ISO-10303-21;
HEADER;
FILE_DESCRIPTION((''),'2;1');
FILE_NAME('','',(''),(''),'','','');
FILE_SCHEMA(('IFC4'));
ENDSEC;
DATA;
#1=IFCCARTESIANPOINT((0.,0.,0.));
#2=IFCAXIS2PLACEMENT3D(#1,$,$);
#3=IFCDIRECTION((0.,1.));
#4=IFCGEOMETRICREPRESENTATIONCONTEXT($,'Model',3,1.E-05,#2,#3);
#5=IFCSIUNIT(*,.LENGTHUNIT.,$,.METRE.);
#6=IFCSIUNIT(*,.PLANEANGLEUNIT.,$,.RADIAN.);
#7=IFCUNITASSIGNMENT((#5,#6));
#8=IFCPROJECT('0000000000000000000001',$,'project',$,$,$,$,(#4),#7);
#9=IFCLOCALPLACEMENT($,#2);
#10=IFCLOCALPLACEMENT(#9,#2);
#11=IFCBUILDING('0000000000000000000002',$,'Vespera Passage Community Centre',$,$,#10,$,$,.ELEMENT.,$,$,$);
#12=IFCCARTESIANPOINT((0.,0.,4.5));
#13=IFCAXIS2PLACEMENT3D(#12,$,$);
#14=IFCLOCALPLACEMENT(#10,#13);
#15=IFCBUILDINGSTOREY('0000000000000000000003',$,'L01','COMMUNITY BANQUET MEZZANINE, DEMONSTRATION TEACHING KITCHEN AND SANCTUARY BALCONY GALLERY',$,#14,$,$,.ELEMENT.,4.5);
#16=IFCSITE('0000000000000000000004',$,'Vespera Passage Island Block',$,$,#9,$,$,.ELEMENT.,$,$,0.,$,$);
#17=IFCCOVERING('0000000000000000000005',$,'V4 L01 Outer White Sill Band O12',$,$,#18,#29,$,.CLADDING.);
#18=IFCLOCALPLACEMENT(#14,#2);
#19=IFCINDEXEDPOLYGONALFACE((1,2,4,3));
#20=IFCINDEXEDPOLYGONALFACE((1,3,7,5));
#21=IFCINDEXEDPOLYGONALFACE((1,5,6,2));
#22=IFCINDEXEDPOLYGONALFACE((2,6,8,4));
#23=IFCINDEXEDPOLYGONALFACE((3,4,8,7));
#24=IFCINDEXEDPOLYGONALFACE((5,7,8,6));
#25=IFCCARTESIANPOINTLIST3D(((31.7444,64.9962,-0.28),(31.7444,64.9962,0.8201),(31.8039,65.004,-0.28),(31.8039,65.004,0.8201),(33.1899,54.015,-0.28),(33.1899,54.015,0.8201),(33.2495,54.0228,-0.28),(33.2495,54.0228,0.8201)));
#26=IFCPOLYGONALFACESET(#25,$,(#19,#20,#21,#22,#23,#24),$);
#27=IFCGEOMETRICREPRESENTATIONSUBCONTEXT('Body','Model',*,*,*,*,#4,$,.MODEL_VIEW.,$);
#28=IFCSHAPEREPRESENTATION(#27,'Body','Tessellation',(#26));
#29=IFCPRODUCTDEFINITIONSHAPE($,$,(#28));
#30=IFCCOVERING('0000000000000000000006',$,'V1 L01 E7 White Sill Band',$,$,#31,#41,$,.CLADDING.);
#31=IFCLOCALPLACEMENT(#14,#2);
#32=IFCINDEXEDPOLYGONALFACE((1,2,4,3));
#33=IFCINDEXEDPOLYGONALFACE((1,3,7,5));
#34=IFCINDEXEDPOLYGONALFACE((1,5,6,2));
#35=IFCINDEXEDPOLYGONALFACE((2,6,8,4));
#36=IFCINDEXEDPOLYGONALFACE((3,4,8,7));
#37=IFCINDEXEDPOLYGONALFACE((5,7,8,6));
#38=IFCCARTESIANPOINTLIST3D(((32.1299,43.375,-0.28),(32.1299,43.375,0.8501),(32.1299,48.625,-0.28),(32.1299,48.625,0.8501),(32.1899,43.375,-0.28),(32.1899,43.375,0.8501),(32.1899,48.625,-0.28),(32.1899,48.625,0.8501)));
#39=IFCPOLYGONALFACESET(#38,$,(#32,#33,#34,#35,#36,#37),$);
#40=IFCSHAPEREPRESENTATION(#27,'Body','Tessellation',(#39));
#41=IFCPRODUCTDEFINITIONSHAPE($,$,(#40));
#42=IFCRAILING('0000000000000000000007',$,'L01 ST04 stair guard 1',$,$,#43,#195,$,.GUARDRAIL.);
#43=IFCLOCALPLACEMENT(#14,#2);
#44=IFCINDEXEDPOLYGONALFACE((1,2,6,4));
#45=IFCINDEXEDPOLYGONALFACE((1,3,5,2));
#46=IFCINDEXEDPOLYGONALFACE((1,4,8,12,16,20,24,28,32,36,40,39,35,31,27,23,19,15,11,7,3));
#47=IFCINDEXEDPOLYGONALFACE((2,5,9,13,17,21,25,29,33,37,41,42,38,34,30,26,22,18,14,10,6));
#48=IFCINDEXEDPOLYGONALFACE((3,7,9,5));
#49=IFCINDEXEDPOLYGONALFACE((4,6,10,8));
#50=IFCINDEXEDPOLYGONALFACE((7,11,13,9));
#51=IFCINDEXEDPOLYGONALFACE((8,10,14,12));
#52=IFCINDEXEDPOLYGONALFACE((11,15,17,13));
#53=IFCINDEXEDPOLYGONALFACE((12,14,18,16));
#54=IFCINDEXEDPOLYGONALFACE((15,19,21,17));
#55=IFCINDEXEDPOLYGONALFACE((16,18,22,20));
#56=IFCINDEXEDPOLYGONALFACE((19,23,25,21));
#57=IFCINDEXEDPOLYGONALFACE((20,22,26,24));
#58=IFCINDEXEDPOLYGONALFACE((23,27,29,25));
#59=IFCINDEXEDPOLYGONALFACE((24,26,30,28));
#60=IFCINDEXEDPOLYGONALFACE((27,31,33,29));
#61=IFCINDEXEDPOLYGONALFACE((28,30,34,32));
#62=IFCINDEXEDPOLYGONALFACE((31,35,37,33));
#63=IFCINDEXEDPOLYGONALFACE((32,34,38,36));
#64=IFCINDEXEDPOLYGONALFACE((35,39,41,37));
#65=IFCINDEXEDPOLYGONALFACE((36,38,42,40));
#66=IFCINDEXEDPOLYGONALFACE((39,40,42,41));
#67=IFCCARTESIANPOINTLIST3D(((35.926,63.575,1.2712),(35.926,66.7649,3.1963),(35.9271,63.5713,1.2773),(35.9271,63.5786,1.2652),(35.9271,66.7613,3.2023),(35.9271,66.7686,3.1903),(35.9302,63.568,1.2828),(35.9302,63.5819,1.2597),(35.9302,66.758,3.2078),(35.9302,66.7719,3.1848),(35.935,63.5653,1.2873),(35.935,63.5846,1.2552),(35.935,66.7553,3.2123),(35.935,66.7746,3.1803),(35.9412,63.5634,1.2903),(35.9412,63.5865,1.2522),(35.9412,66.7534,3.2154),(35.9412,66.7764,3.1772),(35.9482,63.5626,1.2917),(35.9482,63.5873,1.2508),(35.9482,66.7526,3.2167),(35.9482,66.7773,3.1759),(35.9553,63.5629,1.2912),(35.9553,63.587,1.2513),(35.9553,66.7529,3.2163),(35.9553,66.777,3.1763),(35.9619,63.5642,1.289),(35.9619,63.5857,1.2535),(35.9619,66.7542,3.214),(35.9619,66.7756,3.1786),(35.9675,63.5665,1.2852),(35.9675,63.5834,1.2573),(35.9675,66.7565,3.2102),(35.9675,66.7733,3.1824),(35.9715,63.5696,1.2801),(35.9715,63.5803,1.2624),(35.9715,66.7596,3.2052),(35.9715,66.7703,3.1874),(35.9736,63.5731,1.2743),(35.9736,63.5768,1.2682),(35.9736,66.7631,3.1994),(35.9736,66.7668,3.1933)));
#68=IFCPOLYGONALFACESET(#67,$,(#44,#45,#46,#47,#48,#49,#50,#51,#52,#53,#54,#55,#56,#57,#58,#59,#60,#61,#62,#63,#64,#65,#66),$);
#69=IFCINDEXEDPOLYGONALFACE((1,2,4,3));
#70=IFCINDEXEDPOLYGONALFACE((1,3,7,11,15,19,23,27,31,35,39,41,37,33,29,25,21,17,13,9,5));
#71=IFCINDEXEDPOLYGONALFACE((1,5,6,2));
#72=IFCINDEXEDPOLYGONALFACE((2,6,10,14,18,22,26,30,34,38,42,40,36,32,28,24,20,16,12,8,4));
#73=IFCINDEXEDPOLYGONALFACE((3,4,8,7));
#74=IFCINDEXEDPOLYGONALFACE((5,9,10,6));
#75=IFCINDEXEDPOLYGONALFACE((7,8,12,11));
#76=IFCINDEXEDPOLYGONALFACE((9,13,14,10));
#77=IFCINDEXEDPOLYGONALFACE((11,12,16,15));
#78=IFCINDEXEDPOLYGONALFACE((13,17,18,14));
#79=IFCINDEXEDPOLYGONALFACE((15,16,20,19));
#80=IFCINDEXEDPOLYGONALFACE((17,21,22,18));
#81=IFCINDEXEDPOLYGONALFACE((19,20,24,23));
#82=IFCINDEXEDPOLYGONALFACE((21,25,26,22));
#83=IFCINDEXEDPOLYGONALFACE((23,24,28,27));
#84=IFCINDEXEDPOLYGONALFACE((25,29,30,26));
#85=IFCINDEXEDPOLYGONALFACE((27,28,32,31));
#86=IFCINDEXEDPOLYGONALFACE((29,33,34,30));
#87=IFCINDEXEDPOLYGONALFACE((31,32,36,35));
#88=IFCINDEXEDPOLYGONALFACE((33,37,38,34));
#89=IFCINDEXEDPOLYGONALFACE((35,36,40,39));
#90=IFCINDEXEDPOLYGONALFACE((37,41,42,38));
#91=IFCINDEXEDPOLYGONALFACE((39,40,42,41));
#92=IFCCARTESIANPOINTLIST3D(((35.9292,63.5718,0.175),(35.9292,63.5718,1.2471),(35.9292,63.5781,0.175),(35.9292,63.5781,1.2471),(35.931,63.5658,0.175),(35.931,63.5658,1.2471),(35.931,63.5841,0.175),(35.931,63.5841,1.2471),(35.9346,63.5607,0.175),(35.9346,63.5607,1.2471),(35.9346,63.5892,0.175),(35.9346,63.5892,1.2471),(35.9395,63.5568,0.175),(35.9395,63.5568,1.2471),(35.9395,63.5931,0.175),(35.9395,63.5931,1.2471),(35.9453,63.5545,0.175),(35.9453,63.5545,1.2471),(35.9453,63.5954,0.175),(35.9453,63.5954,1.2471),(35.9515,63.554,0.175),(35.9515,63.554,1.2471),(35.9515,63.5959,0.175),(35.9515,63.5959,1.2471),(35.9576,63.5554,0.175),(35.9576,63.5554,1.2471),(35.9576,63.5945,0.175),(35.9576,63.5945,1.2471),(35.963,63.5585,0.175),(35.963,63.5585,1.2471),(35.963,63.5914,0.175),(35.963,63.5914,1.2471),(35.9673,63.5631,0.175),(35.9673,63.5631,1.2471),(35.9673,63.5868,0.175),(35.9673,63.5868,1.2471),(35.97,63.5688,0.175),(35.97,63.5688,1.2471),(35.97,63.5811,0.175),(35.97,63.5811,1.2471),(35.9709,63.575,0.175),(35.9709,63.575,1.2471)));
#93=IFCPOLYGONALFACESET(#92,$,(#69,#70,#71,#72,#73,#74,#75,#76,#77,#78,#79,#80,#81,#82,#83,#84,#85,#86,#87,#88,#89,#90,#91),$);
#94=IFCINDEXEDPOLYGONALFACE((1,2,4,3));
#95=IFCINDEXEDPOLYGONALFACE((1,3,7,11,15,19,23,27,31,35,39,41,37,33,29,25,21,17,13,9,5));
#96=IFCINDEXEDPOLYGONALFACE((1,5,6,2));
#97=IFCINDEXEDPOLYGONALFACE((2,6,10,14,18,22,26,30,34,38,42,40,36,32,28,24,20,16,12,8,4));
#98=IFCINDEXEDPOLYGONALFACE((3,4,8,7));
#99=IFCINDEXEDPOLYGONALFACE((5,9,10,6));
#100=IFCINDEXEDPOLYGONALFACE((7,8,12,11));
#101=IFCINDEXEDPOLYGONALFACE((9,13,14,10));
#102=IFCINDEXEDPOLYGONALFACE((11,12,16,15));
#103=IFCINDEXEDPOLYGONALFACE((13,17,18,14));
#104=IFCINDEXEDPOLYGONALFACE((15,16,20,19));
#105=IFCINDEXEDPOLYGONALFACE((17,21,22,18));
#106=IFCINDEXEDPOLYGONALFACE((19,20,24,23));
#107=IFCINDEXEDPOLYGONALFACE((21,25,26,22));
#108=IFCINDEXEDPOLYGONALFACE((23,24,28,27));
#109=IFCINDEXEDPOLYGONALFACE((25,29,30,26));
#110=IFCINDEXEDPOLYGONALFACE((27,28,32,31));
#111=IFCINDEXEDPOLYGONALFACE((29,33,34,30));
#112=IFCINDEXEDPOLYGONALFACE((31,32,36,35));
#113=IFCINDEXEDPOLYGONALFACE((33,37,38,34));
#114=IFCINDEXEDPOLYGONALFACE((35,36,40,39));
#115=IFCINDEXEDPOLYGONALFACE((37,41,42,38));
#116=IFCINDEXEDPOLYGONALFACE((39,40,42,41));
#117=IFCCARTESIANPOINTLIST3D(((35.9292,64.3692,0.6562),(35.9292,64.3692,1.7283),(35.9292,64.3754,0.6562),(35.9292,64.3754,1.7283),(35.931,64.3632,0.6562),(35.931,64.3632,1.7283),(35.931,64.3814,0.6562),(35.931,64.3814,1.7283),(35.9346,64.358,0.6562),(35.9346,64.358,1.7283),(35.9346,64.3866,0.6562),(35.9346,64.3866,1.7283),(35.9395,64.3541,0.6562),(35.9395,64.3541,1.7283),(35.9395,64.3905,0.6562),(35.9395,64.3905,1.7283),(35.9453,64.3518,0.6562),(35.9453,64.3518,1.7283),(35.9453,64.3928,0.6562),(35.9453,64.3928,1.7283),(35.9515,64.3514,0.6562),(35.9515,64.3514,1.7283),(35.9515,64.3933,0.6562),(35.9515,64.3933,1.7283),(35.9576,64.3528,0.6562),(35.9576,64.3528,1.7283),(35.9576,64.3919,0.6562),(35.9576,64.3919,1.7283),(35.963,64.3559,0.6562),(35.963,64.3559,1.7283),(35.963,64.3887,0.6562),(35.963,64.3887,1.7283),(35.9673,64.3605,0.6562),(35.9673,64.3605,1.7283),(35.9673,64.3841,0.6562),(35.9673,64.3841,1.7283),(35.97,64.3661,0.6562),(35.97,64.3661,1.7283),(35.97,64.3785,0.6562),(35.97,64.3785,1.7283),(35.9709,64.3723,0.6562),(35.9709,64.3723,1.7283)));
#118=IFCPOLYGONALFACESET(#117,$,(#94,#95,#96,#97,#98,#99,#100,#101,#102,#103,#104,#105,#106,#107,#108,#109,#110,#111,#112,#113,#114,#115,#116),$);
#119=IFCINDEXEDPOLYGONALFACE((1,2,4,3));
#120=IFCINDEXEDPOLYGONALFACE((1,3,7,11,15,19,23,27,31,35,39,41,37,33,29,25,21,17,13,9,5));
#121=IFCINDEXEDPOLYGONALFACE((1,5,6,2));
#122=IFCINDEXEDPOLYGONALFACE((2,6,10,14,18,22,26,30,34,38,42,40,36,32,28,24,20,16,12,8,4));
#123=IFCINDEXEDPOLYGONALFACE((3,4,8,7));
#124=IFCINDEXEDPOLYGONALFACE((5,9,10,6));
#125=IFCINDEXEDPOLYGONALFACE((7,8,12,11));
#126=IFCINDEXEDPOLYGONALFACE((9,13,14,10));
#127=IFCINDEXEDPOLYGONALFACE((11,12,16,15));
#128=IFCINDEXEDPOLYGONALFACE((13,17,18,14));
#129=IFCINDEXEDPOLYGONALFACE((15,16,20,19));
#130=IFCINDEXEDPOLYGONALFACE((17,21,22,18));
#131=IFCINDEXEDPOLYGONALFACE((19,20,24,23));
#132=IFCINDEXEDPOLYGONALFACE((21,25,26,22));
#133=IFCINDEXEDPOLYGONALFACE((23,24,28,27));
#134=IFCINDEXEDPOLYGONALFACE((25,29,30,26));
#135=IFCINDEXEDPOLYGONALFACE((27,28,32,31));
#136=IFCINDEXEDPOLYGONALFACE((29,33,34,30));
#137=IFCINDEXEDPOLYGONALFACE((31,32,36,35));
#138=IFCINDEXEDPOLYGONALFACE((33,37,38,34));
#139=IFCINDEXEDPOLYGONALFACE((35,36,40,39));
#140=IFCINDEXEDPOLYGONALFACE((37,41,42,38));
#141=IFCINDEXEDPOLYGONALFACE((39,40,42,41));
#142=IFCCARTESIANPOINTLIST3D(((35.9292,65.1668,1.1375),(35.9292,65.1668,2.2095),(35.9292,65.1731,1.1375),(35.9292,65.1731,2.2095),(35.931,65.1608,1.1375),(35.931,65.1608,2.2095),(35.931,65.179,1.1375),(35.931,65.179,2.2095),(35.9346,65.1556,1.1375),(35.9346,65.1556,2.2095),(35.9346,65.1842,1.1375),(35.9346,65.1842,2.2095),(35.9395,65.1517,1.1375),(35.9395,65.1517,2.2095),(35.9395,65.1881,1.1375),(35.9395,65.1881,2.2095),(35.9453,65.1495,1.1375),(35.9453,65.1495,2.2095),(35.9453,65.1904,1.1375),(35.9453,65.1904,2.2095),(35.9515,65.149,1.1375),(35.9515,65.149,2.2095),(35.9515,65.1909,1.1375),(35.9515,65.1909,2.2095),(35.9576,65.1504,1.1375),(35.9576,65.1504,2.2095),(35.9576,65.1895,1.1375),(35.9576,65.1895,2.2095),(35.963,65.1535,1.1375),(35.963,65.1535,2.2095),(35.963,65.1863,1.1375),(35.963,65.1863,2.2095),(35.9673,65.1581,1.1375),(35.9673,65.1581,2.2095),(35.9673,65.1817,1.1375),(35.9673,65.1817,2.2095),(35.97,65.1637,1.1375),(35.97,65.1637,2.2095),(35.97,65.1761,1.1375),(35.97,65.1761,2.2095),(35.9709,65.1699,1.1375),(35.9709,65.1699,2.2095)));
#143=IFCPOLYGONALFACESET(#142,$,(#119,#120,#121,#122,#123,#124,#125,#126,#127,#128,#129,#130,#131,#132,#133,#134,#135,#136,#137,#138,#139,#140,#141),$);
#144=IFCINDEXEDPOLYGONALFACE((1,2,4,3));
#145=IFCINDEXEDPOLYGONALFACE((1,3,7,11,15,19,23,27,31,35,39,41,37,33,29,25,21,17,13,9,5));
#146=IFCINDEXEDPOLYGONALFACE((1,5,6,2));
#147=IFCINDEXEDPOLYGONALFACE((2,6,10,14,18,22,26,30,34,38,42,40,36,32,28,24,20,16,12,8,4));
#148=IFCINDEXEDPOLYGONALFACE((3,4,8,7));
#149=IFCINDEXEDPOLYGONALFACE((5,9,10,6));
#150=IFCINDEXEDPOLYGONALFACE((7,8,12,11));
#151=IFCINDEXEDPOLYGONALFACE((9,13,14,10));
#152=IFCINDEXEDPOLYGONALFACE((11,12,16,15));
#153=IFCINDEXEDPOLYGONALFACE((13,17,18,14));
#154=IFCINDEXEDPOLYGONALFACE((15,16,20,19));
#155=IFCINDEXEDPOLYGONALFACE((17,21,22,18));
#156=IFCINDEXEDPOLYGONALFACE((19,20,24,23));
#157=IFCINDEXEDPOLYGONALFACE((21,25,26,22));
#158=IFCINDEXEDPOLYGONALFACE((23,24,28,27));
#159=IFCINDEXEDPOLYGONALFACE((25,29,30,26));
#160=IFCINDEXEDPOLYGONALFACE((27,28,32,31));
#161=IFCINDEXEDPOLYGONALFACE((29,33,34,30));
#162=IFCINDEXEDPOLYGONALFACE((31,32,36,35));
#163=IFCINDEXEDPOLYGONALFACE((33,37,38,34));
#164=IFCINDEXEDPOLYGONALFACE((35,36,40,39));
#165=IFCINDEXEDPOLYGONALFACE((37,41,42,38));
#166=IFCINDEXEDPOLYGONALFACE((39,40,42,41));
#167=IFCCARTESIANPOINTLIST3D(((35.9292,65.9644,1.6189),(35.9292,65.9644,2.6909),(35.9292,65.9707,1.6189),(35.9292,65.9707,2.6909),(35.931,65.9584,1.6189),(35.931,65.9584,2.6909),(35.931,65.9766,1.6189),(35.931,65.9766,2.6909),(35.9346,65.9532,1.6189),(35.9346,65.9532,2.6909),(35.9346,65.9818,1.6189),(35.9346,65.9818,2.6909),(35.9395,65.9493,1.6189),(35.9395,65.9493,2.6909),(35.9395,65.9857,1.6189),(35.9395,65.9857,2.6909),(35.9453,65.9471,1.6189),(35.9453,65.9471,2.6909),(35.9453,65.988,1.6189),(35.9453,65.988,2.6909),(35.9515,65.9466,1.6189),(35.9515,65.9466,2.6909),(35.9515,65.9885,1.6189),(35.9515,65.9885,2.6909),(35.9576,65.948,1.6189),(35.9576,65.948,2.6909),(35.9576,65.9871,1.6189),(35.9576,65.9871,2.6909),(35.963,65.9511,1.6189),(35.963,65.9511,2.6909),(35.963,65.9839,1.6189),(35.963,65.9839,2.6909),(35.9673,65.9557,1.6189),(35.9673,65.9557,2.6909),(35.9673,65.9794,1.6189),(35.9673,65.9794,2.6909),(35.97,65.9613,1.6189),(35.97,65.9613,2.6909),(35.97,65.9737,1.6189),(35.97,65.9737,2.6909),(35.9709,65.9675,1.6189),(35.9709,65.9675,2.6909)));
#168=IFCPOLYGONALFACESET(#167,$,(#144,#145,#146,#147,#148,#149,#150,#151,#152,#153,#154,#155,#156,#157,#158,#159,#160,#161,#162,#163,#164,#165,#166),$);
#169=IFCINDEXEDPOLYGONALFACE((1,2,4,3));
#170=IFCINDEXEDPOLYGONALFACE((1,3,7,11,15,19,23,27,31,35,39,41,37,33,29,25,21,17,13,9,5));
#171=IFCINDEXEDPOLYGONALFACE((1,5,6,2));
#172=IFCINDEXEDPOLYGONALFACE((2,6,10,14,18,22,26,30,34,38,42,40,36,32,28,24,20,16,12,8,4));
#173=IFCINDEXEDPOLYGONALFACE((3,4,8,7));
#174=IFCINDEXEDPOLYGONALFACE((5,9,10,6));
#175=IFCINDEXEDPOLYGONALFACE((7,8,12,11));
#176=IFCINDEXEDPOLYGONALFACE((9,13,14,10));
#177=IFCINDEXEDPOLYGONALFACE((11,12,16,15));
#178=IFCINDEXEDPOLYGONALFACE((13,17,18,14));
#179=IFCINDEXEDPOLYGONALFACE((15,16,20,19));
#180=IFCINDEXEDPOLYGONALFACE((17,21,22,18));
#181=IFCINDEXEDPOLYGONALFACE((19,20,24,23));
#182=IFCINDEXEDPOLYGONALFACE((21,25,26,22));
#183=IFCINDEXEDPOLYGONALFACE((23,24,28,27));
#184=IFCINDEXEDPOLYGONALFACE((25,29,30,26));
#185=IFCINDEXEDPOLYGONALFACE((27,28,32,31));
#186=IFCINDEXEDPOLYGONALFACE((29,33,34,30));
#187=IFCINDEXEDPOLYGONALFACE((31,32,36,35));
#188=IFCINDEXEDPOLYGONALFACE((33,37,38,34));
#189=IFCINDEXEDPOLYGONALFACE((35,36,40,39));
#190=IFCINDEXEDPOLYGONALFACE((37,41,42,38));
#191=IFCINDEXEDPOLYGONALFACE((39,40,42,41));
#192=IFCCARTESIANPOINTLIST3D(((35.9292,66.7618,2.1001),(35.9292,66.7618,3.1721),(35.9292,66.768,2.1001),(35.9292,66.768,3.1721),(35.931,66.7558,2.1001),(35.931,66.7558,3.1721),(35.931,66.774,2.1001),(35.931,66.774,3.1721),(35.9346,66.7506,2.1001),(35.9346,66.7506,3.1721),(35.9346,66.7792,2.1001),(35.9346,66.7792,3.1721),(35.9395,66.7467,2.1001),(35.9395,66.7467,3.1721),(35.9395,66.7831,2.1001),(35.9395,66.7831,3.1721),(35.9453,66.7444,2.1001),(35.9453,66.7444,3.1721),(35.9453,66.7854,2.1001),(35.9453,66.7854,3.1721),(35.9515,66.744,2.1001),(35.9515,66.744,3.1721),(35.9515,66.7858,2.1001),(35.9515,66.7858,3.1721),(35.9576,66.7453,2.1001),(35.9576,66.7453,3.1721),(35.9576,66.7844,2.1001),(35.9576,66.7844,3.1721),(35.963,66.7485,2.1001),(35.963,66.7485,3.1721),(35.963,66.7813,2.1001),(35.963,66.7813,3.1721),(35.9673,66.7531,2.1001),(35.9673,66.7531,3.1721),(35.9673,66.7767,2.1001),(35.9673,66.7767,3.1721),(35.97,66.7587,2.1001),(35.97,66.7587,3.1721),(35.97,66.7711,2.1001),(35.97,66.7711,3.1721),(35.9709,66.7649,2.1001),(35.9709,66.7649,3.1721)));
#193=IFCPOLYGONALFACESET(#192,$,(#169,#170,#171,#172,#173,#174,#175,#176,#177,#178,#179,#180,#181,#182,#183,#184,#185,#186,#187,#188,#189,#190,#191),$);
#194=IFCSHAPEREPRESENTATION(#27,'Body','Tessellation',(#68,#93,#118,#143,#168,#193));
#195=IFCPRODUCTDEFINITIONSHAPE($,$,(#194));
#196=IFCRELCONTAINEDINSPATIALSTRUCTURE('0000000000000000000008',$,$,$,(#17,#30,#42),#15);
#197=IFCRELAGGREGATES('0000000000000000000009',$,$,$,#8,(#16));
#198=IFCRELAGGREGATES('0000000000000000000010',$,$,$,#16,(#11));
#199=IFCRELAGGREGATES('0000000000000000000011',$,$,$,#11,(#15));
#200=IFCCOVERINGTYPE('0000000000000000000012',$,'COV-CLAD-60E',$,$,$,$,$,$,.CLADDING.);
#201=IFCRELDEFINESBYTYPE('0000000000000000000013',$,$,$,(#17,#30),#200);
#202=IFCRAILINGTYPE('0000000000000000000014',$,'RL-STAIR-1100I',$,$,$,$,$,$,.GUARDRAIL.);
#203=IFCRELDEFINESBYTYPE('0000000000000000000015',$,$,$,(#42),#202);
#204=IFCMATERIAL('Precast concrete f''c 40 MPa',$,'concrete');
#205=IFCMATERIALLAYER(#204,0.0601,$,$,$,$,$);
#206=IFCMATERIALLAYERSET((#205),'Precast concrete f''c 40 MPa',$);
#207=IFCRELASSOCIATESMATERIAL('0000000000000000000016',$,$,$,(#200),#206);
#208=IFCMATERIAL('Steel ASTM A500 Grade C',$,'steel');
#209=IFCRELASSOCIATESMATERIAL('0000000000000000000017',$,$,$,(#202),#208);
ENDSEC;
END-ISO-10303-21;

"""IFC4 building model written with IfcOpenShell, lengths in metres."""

from ifc_helpers import new_model, si_unit, direction, frame, frame_2d, origin, origin_2d, place, context, subcontext, project, spatial, rectangle, circle, extrude, material, layer, layer_set, type_object, element, save


model = new_model("IFC4")

# Units and contexts
model_context = context("Model", 3, precision=1e-05, world=origin(), true_north=direction((0.0, 1.0)))
body_context = subcontext(model_context, "Body", "Model", "MODEL_VIEW")
ifc_project = project(units=[si_unit("LENGTHUNIT", "METRE"), si_unit("PLANEANGLEUNIT", "RADIAN")], contexts=[model_context])

# Site, building, storey
site_placement = place(None, origin())
site = spatial("IfcSite", under=ifc_project, at=site_placement, Name="Vespera Passage Island Block", CompositionType="ELEMENT", RefElevation=0.0)
building_placement = place(site_placement, origin())
building = spatial("IfcBuilding", under=site, at=building_placement, Name="Vespera Passage Community Centre", CompositionType="ELEMENT")
storey_placement = place(building_placement, frame((0.0, 0.0, 4.5)))
storey = spatial("IfcBuildingStorey", under=building, at=storey_placement, Name="L01", Description="COMMUNITY BANQUET MEZZANINE, DEMONSTRATION TEACHING KITCHEN AND SANCTUARY BALCONY GALLERY", CompositionType="ELEMENT", Elevation=4.5)

# Coverings
ifc_material_1 = material(Name="Precast concrete f'c 40 MPa", Category="concrete")
ifc_layer_1 = layer(ifc_material_1, 0.0601)
ifc_layer_set_1 = layer_set([ifc_layer_1], Name="Precast concrete f'c 40 MPa")
covering_type = type_object("IfcCoveringType", Name="COV-CLAD-60E", PredefinedType="CLADDING", material=ifc_layer_set_1)
covering_1_placement = place(storey_placement, frame((33.2197, 54.0188, -0.28), z_axis=(0.0, 0.0, 1.0), x_axis=(-0.130513, 0.991447, 0.0)))
element("IfcCovering", 1, at=covering_1_placement, inside=storey, type_object=covering_type, Name="V4 L01 Outer White Sill Band O12", PredefinedType="CLADDING", context=body_context, shape_type="SweptSolid", body=[
    extrude(rectangle(XDim=11.0759, YDim=0.0601, at=frame_2d((5.5381, 0.0))), origin(), (0.0, 0.0, 1.0), 1.1001),
])
covering_2_placement = place(storey_placement, frame((32.1599, 48.625, -0.28), z_axis=(0.0, 0.0, 1.0), x_axis=(0.0, -1.0, 0.0)))
element("IfcCovering", 2, at=covering_2_placement, inside=storey, type_object=covering_type, Name="V1 L01 E7 White Sill Band", PredefinedType="CLADDING", context=body_context, shape_type="SweptSolid", body=[
    extrude(rectangle(XDim=5.25, YDim=0.0601, at=frame_2d((2.625, 0.0))), origin(), (0.0, 0.0, 1.0), 1.1301),
])

# Railing
ifc_material_2 = material(Name="Steel ASTM A500 Grade C", Category="steel")
railing_type = type_object("IfcRailingType", Name="RL-STAIR-1100I", PredefinedType="GUARDRAIL", material=ifc_material_2)
railing_1_placement = place(storey_placement, frame((35.95, 63.575, 0.175)))
element("IfcRailing", 3, at=railing_1_placement, inside=storey, type_object=railing_type, Name="L01 ST04 stair guard 1", PredefinedType="GUARDRAIL", context=body_context, shape_type="SweptSolid", body=[
    extrude(circle(Radius=0.0239, at=origin_2d()), frame((0.0, 0.0, 1.0962), z_axis=(0.0, 0.856178, 0.516682), x_axis=(-1.0, 0.0, 0.0)), (0.0, 0.0, 1.0), 3.7258),
    extrude(circle(Radius=0.021, at=origin_2d()), origin(), (0.0, 0.0, 1.0), 1.072),
    extrude(circle(Radius=0.021, at=origin_2d()), frame((0.0, 0.7974, 0.4812)), (0.0, 0.0, 1.0), 1.072),
    extrude(circle(Radius=0.021, at=origin_2d()), frame((0.0, 1.595, 0.9624)), (0.0, 0.0, 1.0), 1.072),
    extrude(circle(Radius=0.021, at=origin_2d()), frame((0.0, 2.3926, 1.4438)), (0.0, 0.0, 1.0), 1.072),
    extrude(circle(Radius=0.021, at=origin_2d()), frame((0.0, 3.1899, 1.925)), (0.0, 0.0, 1.0), 1.072),
])

save(model, "model.ifc")
